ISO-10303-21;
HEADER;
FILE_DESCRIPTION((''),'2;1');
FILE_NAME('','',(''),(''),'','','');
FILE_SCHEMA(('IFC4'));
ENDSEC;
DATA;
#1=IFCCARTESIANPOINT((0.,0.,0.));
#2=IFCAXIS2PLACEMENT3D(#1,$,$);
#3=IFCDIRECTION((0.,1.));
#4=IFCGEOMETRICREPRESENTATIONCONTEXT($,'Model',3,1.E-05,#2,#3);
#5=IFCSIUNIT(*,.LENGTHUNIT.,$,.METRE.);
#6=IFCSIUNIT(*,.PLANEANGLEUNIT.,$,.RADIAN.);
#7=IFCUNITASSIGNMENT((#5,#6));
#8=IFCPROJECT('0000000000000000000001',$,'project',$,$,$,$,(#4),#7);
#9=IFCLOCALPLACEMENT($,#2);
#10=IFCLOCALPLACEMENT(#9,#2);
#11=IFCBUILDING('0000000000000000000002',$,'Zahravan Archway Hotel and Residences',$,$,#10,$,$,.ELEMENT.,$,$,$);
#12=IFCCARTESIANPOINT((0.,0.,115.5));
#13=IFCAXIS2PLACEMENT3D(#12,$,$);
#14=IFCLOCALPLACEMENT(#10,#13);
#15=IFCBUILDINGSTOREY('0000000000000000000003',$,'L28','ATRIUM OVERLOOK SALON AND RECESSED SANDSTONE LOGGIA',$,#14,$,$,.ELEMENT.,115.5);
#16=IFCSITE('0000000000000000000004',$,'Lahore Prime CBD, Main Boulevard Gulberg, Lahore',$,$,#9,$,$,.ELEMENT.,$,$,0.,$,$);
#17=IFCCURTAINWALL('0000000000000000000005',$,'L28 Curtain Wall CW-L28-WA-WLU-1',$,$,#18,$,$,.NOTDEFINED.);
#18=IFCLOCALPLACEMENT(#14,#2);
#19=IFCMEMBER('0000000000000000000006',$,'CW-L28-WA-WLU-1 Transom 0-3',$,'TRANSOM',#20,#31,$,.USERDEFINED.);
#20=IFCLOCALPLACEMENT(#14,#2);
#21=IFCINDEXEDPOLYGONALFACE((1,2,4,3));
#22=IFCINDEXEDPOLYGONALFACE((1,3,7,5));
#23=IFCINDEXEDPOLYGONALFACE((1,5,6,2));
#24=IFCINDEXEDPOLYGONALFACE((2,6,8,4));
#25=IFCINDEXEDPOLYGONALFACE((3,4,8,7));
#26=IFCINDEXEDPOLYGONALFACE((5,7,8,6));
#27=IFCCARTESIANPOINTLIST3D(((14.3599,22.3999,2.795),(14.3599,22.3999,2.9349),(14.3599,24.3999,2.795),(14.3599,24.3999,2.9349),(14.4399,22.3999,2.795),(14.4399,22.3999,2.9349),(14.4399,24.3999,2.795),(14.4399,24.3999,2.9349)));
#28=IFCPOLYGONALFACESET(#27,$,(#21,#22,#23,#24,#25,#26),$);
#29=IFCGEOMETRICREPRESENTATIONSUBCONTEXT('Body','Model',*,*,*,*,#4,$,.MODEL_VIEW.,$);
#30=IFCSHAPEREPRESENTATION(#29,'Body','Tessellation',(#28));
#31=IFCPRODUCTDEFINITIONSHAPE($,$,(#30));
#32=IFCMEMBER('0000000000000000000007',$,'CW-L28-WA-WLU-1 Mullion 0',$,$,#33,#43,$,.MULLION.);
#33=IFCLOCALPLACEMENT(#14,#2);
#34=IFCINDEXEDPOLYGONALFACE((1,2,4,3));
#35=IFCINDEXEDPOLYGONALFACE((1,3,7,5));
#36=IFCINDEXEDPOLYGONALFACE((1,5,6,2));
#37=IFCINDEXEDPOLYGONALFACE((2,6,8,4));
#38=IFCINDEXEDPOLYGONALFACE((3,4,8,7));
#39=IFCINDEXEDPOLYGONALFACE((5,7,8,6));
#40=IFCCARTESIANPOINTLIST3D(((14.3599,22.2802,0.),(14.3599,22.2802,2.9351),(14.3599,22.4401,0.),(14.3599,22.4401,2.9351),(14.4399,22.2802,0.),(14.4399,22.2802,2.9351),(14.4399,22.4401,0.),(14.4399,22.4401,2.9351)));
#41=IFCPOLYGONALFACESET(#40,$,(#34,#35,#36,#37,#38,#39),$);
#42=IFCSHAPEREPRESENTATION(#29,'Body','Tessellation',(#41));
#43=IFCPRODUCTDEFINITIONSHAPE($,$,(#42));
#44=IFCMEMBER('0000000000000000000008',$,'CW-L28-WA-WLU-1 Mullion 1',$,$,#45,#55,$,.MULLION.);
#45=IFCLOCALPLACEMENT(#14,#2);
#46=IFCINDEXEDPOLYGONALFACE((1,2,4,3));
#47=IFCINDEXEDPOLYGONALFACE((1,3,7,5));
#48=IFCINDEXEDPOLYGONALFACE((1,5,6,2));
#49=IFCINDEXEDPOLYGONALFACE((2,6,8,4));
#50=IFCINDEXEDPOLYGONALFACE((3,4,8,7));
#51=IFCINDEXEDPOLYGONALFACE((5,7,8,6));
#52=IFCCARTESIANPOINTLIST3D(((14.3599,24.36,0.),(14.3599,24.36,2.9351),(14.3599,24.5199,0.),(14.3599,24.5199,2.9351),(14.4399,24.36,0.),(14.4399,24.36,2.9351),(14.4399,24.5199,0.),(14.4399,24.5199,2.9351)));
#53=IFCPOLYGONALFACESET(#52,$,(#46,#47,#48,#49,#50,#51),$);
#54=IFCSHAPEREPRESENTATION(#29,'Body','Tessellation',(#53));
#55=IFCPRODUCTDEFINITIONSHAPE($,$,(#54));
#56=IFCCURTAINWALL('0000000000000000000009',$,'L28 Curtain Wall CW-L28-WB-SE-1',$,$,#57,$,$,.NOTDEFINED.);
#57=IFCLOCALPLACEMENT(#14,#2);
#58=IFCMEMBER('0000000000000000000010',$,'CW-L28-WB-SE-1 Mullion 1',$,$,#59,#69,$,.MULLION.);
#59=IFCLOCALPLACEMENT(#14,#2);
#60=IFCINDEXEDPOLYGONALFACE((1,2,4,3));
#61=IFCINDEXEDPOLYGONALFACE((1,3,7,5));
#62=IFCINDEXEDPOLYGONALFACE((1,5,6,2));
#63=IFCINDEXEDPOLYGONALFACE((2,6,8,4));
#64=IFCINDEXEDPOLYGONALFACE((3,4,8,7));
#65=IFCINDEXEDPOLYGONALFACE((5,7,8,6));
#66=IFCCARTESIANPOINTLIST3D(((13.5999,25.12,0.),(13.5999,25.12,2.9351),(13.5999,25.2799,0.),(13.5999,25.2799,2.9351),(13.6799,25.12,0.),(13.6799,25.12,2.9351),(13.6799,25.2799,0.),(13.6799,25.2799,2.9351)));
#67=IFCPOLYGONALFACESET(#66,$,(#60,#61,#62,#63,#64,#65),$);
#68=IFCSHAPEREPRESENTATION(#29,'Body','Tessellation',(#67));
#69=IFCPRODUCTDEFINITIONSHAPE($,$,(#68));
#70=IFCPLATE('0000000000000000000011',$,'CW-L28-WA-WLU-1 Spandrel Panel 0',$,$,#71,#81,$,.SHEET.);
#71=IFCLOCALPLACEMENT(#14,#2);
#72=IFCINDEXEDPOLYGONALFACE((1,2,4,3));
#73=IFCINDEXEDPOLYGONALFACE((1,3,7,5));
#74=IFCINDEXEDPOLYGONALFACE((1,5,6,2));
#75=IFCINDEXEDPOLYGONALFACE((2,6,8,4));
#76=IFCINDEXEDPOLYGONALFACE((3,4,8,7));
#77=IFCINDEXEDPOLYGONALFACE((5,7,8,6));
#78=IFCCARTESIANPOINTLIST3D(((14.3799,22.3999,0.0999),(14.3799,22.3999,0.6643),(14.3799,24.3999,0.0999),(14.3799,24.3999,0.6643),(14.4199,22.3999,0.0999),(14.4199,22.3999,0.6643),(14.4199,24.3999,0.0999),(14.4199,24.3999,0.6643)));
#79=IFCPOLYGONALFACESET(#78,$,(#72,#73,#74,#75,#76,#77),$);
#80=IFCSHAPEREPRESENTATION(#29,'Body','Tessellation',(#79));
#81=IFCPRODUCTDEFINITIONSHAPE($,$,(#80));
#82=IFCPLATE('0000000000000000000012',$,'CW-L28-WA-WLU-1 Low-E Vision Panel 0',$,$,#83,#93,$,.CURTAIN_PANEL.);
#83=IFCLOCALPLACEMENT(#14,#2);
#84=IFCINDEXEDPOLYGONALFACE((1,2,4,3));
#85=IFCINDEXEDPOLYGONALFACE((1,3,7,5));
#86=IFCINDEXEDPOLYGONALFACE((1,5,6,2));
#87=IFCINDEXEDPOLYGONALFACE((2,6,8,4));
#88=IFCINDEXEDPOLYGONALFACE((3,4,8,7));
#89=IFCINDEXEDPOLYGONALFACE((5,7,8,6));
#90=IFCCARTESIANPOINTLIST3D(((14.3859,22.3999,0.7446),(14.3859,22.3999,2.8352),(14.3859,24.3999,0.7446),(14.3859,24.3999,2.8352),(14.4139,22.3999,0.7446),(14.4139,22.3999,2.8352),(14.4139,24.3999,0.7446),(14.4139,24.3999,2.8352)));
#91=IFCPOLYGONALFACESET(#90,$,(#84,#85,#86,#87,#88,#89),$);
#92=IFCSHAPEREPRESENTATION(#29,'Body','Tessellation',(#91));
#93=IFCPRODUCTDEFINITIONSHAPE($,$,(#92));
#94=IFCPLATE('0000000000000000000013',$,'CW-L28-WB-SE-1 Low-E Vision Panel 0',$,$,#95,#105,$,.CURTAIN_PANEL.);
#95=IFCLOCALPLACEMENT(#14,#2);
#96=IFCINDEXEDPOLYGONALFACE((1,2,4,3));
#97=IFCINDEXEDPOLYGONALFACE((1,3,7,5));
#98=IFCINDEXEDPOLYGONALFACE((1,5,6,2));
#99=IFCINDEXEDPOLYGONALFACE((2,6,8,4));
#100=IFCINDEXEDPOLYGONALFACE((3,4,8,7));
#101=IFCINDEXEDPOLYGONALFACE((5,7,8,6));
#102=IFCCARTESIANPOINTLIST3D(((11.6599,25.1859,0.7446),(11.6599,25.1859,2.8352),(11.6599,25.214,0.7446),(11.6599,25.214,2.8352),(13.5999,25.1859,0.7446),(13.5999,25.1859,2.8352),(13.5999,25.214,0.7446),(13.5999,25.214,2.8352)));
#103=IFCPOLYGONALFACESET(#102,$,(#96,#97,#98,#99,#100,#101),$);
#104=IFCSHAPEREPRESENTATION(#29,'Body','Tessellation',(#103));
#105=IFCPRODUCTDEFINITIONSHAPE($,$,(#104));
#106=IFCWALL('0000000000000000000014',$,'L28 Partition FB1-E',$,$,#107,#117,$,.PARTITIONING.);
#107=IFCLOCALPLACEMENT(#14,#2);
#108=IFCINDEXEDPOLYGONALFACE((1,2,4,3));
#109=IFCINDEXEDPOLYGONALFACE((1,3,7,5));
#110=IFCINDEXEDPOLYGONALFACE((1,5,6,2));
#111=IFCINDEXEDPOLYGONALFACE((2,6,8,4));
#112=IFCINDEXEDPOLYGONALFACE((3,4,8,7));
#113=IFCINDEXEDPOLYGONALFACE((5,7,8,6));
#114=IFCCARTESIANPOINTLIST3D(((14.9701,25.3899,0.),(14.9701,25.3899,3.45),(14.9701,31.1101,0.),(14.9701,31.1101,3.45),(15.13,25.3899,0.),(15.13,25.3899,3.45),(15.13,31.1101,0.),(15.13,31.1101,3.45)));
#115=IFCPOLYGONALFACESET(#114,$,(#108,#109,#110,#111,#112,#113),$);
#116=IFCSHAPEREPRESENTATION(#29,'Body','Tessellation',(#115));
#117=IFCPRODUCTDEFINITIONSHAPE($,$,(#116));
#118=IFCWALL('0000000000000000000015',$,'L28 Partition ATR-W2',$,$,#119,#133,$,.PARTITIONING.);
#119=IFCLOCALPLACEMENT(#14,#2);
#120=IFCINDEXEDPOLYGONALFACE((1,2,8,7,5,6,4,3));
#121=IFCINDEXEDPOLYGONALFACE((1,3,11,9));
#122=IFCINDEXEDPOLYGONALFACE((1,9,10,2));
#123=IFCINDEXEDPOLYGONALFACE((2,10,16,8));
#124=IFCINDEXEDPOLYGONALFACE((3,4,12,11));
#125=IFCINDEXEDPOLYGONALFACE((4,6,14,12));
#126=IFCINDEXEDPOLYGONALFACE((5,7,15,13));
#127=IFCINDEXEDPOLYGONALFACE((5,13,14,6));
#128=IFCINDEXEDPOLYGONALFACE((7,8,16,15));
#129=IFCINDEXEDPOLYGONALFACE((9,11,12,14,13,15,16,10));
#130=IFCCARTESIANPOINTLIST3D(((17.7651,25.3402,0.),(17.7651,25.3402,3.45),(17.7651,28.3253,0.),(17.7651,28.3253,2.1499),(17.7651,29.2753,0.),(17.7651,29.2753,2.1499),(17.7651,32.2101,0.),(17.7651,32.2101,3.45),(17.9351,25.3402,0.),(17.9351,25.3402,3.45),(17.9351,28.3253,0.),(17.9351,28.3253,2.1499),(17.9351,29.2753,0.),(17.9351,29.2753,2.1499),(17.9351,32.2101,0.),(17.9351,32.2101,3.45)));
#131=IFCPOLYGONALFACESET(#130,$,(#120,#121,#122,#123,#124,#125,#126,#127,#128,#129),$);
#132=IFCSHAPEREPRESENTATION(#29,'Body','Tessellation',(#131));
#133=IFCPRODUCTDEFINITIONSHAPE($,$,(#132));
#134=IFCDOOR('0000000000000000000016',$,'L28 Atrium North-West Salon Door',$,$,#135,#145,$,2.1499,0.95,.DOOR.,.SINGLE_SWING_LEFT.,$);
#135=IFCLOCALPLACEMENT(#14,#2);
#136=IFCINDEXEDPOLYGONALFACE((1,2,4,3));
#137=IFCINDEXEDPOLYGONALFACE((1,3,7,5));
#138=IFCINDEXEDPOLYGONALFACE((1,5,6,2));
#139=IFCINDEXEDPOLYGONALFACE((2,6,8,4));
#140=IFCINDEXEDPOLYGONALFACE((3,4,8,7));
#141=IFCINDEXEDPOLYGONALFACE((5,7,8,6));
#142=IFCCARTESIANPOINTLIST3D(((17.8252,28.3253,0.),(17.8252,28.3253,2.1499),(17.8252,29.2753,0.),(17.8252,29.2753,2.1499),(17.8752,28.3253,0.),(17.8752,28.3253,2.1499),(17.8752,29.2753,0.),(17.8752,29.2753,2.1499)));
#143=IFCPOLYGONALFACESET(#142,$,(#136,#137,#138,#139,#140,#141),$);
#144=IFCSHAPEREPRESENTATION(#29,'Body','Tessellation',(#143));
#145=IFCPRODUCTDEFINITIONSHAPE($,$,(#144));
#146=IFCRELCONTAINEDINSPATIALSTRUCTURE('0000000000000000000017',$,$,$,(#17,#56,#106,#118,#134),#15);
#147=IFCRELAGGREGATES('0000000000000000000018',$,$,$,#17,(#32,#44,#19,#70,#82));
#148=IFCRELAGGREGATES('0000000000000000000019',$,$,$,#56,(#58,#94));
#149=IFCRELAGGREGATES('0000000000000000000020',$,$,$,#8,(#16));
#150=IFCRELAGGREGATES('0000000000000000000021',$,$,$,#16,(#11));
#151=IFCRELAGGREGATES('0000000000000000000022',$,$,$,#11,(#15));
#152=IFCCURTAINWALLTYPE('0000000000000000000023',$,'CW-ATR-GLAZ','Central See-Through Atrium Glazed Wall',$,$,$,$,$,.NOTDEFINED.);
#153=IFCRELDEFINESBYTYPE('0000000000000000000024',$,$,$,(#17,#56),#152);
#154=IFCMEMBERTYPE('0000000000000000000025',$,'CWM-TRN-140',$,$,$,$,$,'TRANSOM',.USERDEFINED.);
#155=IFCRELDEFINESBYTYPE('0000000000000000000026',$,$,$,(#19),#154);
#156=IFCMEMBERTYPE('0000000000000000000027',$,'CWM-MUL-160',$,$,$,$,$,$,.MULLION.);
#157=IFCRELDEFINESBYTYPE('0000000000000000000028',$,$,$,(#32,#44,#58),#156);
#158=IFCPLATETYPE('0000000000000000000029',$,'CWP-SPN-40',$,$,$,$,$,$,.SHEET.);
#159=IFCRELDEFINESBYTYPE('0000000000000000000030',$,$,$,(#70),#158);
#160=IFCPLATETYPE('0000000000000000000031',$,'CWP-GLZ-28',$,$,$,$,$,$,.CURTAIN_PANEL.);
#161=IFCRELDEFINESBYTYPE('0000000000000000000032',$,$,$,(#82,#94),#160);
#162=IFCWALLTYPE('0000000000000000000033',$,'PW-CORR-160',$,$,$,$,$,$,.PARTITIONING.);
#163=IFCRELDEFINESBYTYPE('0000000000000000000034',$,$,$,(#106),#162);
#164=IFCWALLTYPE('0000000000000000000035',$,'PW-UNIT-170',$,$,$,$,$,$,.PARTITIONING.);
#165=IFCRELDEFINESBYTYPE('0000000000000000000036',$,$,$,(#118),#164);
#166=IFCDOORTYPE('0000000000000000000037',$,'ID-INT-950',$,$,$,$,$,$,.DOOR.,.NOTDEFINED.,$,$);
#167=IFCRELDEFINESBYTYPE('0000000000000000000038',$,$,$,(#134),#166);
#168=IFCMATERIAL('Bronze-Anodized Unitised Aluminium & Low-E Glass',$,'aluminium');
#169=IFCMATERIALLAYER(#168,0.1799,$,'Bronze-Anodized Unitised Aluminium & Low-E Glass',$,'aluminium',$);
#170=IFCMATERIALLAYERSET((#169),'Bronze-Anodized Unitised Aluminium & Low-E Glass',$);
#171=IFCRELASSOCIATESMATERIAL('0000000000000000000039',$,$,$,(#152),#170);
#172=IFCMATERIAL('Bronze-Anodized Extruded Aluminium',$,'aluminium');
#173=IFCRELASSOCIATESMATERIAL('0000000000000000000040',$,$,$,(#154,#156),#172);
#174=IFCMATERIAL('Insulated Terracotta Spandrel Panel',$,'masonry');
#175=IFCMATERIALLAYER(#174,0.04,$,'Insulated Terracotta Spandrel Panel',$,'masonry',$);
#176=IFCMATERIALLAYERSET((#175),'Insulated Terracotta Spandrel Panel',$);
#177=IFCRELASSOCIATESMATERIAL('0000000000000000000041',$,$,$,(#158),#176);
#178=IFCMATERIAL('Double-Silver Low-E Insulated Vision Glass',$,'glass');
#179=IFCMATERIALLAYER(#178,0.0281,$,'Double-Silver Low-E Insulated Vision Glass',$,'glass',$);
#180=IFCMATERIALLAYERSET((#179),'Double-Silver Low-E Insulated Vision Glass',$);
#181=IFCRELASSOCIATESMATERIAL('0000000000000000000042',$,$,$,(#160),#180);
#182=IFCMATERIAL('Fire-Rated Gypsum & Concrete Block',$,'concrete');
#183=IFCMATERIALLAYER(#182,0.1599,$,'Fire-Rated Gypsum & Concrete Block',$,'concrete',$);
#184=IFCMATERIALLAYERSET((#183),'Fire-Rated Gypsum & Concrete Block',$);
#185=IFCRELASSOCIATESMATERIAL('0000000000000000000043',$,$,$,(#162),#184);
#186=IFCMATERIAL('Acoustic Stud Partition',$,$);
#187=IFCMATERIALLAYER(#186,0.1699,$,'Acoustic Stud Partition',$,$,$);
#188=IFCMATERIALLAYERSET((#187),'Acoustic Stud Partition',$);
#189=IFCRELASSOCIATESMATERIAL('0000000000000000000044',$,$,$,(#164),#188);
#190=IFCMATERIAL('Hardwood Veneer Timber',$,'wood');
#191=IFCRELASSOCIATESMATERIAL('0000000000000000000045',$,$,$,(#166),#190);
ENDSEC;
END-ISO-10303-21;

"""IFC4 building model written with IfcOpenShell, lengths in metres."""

from ifc_helpers import new_model, si_unit, direction, frame, frame_2d, origin, origin_2d, place, context, subcontext, project, spatial, rectangle, extrude, source, transform, mapped, material, layer, layer_set, material_profile, profile_set, type_object, type_shapes, element, fill, aggregate, save


model = new_model("IFC4")

# Units and contexts
model_context = context("Model", 3, precision=1e-05, world=origin(), true_north=direction((0.0, 1.0)))
body_context = subcontext(model_context, "Body", "Model", "MODEL_VIEW")
ifc_project = project(units=[si_unit("LENGTHUNIT", "METRE"), si_unit("PLANEANGLEUNIT", "RADIAN")], contexts=[model_context])

# Site, building, storey
site_placement = place(None, origin())
site = spatial("IfcSite", under=ifc_project, at=site_placement, Name="Lahore Prime CBD, Main Boulevard Gulberg, Lahore", CompositionType="ELEMENT", RefElevation=0.0)
building_placement = place(site_placement, origin())
building = spatial("IfcBuilding", under=site, at=building_placement, Name="Zahravan Archway Hotel and Residences", CompositionType="ELEMENT")
storey_placement = place(building_placement, frame((0.0, 0.0, 115.5)))
storey = spatial("IfcBuildingStorey", under=building, at=storey_placement, Name="L28", Description="ATRIUM OVERLOOK SALON AND RECESSED SANDSTONE LOGGIA", CompositionType="ELEMENT", Elevation=115.5)

# Curtain wall, members
ifc_material_1 = material(Name="Bronze-Anodized Unitised Aluminium & Low-E Glass", Category="aluminium")
ifc_layer_1 = layer(ifc_material_1, 0.1799, Name="Bronze-Anodized Unitised Aluminium & Low-E Glass", Category="aluminium")
ifc_layer_set_1 = layer_set([ifc_layer_1], Name="Bronze-Anodized Unitised Aluminium & Low-E Glass")
curtain_wall_type = type_object("IfcCurtainWallType", Name="CW-ATR-GLAZ", Description="Central See-Through Atrium Glazed Wall", PredefinedType="NOTDEFINED", material=ifc_layer_set_1)
curtain_wall_1_placement = place(storey_placement, origin())
curtain_wall_1 = element("IfcCurtainWall", 1, at=curtain_wall_1_placement, inside=storey, type_object=curtain_wall_type, Name="L28 Curtain Wall CW-L28-WA-WLU-1", PredefinedType="NOTDEFINED")
ifc_material_2 = material(Name="Bronze-Anodized Extruded Aluminium", Category="aluminium")
ifc_material_profile_1 = material_profile(ifc_material_2, rectangle(XDim=0.0801, YDim=0.1399, at=origin_2d()), Name="TRN 80x140", Category="aluminium")
ifc_profile_set_1 = profile_set([ifc_material_profile_1], Name="Bronze-Anodized Extruded Aluminium")
member_type_1 = type_object("IfcMemberType", Name="CWM-TRN-140", ElementType="TRANSOM", PredefinedType="USERDEFINED", material=ifc_profile_set_1)
shared_shape_1 = source(origin(), body_context, "Body", "SweptSolid", [
    extrude(rectangle(XDim=0.0801, YDim=0.1399, at=origin_2d()), origin(), (0.0, 0.0, 1.0), 2.0),
])
member_1_placement = place(storey_placement, frame((14.3999, 22.3999, 2.865), z_axis=(0.0, 1.0, 0.0), x_axis=(-1.0, 0.0, 0.0)))
member_1 = element("IfcMember", 2, at=member_1_placement, type_object=member_type_1, Name="CW-L28-WA-WLU-1 Transom 0-3", ObjectType="TRANSOM", PredefinedType="USERDEFINED", context=body_context, shape_type="MappedRepresentation", body=[
    mapped(shared_shape_1, transform((0.0, 0.0, 0.0), scale=1.0)),
])
ifc_material_profile_2 = material_profile(ifc_material_2, rectangle(XDim=0.0801, YDim=0.1599, at=origin_2d()), Name="MUL 80x160", Category="aluminium")
ifc_profile_set_2 = profile_set([ifc_material_profile_2], Name="Bronze-Anodized Extruded Aluminium")
member_type_2 = type_object("IfcMemberType", Name="CWM-MUL-160", PredefinedType="MULLION", material=ifc_profile_set_2)
shared_shape_2 = source(origin(), body_context, "Body", "SweptSolid", [
    extrude(rectangle(XDim=0.0801, YDim=0.1599, at=origin_2d()), origin(), (0.0, 0.0, 1.0), 2.9351),
])
member_2_placement = place(storey_placement, frame((14.3999, 22.3601, 0.0), z_axis=(0.0, 0.0, 1.0), x_axis=(1.0, 0.0, 0.0)))
member_2 = element("IfcMember", 3, at=member_2_placement, type_object=member_type_2, Name="CW-L28-WA-WLU-1 Mullion 0", PredefinedType="MULLION", context=body_context, shape_type="MappedRepresentation", body=[
    mapped(shared_shape_2, transform((0.0, 0.0, 0.0), scale=1.0)),
])
member_3_placement = place(storey_placement, frame((14.3999, 24.4399, 0.0), z_axis=(0.0, 0.0, 1.0), x_axis=(1.0, 0.0, 0.0)))
member_3 = element("IfcMember", 4, at=member_3_placement, type_object=member_type_2, Name="CW-L28-WA-WLU-1 Mullion 1", PredefinedType="MULLION", context=body_context, shape_type="MappedRepresentation", body=[
    mapped(shared_shape_2, transform((0.0, 0.0, 0.0), scale=1.0)),
])

# Curtain wall, member
curtain_wall_2_placement = place(storey_placement, origin())
curtain_wall_2 = element("IfcCurtainWall", 5, at=curtain_wall_2_placement, inside=storey, type_object=curtain_wall_type, Name="L28 Curtain Wall CW-L28-WB-SE-1", PredefinedType="NOTDEFINED")
member_4_placement = place(storey_placement, frame((13.6399, 25.2, 0.0), z_axis=(0.0, 0.0, 1.0), x_axis=(1.0, 0.0, 0.0)))
member_4 = element("IfcMember", 6, at=member_4_placement, type_object=member_type_2, Name="CW-L28-WB-SE-1 Mullion 1", PredefinedType="MULLION", context=body_context, shape_type="MappedRepresentation", body=[
    mapped(shared_shape_2, transform((0.0, 0.0, 0.0), scale=1.0)),
])

# Plates
ifc_material_3 = material(Name="Insulated Terracotta Spandrel Panel", Category="masonry")
ifc_layer_2 = layer(ifc_material_3, 0.04, Name="Insulated Terracotta Spandrel Panel", Category="masonry")
ifc_layer_set_2 = layer_set([ifc_layer_2], Name="Insulated Terracotta Spandrel Panel")
plate_type_1 = type_object("IfcPlateType", Name="CWP-SPN-40", PredefinedType="SHEET", material=ifc_layer_set_2)
shared_shape_3 = source(origin(), body_context, "Body", "SweptSolid", [
    extrude(rectangle(XDim=2.0, YDim=0.04, at=origin_2d()), origin(), (0.0, 0.0, 1.0), 0.5645),
])
plate_1_placement = place(storey_placement, frame((14.3999, 23.3999, 0.0999), z_axis=(0.0, 0.0, 1.0), x_axis=(0.0, 1.0, 0.0)))
plate_1 = element("IfcPlate", 7, at=plate_1_placement, type_object=plate_type_1, Name="CW-L28-WA-WLU-1 Spandrel Panel 0", PredefinedType="SHEET", context=body_context, shape_type="MappedRepresentation", body=[
    mapped(shared_shape_3, transform((0.0, 0.0, 0.0), scale=1.0)),
])
ifc_material_4 = material(Name="Double-Silver Low-E Insulated Vision Glass", Category="glass")
ifc_layer_3 = layer(ifc_material_4, 0.0281, Name="Double-Silver Low-E Insulated Vision Glass", Category="glass")
ifc_layer_set_3 = layer_set([ifc_layer_3], Name="Double-Silver Low-E Insulated Vision Glass")
plate_type_2 = type_object("IfcPlateType", Name="CWP-GLZ-28", PredefinedType="CURTAIN_PANEL", material=ifc_layer_set_3)
shared_shape_4 = source(origin(), body_context, "Body", "SweptSolid", [
    extrude(rectangle(XDim=2.0, YDim=0.0281, at=origin_2d()), origin(), (0.0, 0.0, 1.0), 2.0906),
])
plate_2_placement = place(storey_placement, frame((14.3999, 23.3999, 0.7446), z_axis=(0.0, 0.0, 1.0), x_axis=(0.0, 1.0, 0.0)))
plate_2 = element("IfcPlate", 8, at=plate_2_placement, type_object=plate_type_2, Name="CW-L28-WA-WLU-1 Low-E Vision Panel 0", PredefinedType="CURTAIN_PANEL", context=body_context, shape_type="MappedRepresentation", body=[
    mapped(shared_shape_4, transform((0.0, 0.0, 0.0), scale=1.0)),
])
aggregate(curtain_wall_1, [member_2, member_3, member_1, plate_1, plate_2])
shared_shape_5 = source(origin(), body_context, "Body", "SweptSolid", [
    extrude(rectangle(XDim=1.9399, YDim=0.0281, at=origin_2d()), origin(), (0.0, 0.0, 1.0), 2.0906),
])
plate_3_placement = place(storey_placement, frame((12.6299, 25.2, 0.7446), z_axis=(0.0, 0.0, 1.0), x_axis=(1.0, 0.0, 0.0)))
plate_3 = element("IfcPlate", 9, at=plate_3_placement, type_object=plate_type_2, Name="CW-L28-WB-SE-1 Low-E Vision Panel 0", PredefinedType="CURTAIN_PANEL", context=body_context, shape_type="MappedRepresentation", body=[
    mapped(shared_shape_5, transform((0.0, 0.0, 0.0), scale=1.0)),
])
aggregate(curtain_wall_2, [member_4, plate_3])

# Wall
ifc_material_5 = material(Name="Fire-Rated Gypsum & Concrete Block", Category="concrete")
ifc_layer_4 = layer(ifc_material_5, 0.1599, Name="Fire-Rated Gypsum & Concrete Block", Category="concrete")
ifc_layer_set_4 = layer_set([ifc_layer_4], Name="Fire-Rated Gypsum & Concrete Block")
wall_type_1 = type_object("IfcWallType", Name="PW-CORR-160", PredefinedType="PARTITIONING", material=ifc_layer_set_4)
wall_1_placement = place(storey_placement, frame((15.05, 25.3899, 0.0), z_axis=(0.0, 0.0, 1.0), x_axis=(0.0, 1.0, 0.0)))
element("IfcWall", 10, at=wall_1_placement, inside=storey, type_object=wall_type_1, Name="L28 Partition FB1-E", PredefinedType="PARTITIONING", context=body_context, shape_type="SweptSolid", body=[
    extrude(rectangle(XDim=5.7202, YDim=0.1599, at=frame_2d((2.8601, 0.0))), origin(), (0.0, 0.0, 1.0), 3.45),
])

# Wall, opening, door
ifc_material_6 = material(Name="Acoustic Stud Partition")
ifc_layer_5 = layer(ifc_material_6, 0.1699, Name="Acoustic Stud Partition")
ifc_layer_set_5 = layer_set([ifc_layer_5], Name="Acoustic Stud Partition")
wall_type_2 = type_object("IfcWallType", Name="PW-UNIT-170", PredefinedType="PARTITIONING", material=ifc_layer_set_5)
wall_2_placement = place(storey_placement, frame((17.8501, 25.3401, 0.0), z_axis=(0.0, 0.0, 1.0), x_axis=(0.0, 1.0, 0.0)))
wall_2 = element("IfcWall", 11, at=wall_2_placement, inside=storey, type_object=wall_type_2, Name="L28 Partition ATR-W2", PredefinedType="PARTITIONING", context=body_context, shape_type="SweptSolid", body=[
    extrude(rectangle(XDim=6.8699, YDim=0.1699, at=frame_2d((3.4351, 0.0))), origin(), (0.0, 0.0, 1.0), 3.45),
])
opening_placement = place(wall_2_placement, frame((2.9851, 0.0, 0.0)))
opening = element("IfcOpeningElement", 12, at=opening_placement, cuts=wall_2, PredefinedType="OPENING", context=body_context, shape_type="SweptSolid", body=[
    extrude(rectangle(XDim=0.95, YDim=2.1499, at=frame_2d((0.4751, 1.075))), frame((0.0, 0.095, 0.0), z_axis=(0.0, -1.0, 0.0), x_axis=(1.0, 0.0, 0.0)), (0.0, 0.0, 1.0), 0.1899),
])
ifc_material_7 = material(Name="Hardwood Veneer Timber", Category="wood")
door_type = type_object("IfcDoorType", Name="ID-INT-950", OperationType="NOTDEFINED", PredefinedType="DOOR", material=ifc_material_7)
shared_shape_6 = source(origin(), body_context, "Body", "SweptSolid", [
    extrude(rectangle(XDim=0.95, YDim=2.1499, at=frame_2d((0.4751, 1.075))), frame((0.0, 0.0249, 0.0), z_axis=(0.0, -1.0, 0.0), x_axis=(1.0, 0.0, 0.0)), (0.0, 0.0, 1.0), 0.05),
])
type_shapes(door_type, [shared_shape_6])
door_placement = place(opening_placement, origin())
door = element("IfcDoor", 13, at=door_placement, inside=storey, type_object=door_type, Name="L28 Atrium North-West Salon Door", OperationType="SINGLE_SWING_LEFT", OverallHeight=2.1499, OverallWidth=0.95, PredefinedType="DOOR", context=body_context, shape_type="MappedRepresentation", body=[
    mapped(shared_shape_6, transform((0.0, 0.0, 0.0), scale=1.0)),
])
fill(opening, door)

save(model, "model.ifc")
